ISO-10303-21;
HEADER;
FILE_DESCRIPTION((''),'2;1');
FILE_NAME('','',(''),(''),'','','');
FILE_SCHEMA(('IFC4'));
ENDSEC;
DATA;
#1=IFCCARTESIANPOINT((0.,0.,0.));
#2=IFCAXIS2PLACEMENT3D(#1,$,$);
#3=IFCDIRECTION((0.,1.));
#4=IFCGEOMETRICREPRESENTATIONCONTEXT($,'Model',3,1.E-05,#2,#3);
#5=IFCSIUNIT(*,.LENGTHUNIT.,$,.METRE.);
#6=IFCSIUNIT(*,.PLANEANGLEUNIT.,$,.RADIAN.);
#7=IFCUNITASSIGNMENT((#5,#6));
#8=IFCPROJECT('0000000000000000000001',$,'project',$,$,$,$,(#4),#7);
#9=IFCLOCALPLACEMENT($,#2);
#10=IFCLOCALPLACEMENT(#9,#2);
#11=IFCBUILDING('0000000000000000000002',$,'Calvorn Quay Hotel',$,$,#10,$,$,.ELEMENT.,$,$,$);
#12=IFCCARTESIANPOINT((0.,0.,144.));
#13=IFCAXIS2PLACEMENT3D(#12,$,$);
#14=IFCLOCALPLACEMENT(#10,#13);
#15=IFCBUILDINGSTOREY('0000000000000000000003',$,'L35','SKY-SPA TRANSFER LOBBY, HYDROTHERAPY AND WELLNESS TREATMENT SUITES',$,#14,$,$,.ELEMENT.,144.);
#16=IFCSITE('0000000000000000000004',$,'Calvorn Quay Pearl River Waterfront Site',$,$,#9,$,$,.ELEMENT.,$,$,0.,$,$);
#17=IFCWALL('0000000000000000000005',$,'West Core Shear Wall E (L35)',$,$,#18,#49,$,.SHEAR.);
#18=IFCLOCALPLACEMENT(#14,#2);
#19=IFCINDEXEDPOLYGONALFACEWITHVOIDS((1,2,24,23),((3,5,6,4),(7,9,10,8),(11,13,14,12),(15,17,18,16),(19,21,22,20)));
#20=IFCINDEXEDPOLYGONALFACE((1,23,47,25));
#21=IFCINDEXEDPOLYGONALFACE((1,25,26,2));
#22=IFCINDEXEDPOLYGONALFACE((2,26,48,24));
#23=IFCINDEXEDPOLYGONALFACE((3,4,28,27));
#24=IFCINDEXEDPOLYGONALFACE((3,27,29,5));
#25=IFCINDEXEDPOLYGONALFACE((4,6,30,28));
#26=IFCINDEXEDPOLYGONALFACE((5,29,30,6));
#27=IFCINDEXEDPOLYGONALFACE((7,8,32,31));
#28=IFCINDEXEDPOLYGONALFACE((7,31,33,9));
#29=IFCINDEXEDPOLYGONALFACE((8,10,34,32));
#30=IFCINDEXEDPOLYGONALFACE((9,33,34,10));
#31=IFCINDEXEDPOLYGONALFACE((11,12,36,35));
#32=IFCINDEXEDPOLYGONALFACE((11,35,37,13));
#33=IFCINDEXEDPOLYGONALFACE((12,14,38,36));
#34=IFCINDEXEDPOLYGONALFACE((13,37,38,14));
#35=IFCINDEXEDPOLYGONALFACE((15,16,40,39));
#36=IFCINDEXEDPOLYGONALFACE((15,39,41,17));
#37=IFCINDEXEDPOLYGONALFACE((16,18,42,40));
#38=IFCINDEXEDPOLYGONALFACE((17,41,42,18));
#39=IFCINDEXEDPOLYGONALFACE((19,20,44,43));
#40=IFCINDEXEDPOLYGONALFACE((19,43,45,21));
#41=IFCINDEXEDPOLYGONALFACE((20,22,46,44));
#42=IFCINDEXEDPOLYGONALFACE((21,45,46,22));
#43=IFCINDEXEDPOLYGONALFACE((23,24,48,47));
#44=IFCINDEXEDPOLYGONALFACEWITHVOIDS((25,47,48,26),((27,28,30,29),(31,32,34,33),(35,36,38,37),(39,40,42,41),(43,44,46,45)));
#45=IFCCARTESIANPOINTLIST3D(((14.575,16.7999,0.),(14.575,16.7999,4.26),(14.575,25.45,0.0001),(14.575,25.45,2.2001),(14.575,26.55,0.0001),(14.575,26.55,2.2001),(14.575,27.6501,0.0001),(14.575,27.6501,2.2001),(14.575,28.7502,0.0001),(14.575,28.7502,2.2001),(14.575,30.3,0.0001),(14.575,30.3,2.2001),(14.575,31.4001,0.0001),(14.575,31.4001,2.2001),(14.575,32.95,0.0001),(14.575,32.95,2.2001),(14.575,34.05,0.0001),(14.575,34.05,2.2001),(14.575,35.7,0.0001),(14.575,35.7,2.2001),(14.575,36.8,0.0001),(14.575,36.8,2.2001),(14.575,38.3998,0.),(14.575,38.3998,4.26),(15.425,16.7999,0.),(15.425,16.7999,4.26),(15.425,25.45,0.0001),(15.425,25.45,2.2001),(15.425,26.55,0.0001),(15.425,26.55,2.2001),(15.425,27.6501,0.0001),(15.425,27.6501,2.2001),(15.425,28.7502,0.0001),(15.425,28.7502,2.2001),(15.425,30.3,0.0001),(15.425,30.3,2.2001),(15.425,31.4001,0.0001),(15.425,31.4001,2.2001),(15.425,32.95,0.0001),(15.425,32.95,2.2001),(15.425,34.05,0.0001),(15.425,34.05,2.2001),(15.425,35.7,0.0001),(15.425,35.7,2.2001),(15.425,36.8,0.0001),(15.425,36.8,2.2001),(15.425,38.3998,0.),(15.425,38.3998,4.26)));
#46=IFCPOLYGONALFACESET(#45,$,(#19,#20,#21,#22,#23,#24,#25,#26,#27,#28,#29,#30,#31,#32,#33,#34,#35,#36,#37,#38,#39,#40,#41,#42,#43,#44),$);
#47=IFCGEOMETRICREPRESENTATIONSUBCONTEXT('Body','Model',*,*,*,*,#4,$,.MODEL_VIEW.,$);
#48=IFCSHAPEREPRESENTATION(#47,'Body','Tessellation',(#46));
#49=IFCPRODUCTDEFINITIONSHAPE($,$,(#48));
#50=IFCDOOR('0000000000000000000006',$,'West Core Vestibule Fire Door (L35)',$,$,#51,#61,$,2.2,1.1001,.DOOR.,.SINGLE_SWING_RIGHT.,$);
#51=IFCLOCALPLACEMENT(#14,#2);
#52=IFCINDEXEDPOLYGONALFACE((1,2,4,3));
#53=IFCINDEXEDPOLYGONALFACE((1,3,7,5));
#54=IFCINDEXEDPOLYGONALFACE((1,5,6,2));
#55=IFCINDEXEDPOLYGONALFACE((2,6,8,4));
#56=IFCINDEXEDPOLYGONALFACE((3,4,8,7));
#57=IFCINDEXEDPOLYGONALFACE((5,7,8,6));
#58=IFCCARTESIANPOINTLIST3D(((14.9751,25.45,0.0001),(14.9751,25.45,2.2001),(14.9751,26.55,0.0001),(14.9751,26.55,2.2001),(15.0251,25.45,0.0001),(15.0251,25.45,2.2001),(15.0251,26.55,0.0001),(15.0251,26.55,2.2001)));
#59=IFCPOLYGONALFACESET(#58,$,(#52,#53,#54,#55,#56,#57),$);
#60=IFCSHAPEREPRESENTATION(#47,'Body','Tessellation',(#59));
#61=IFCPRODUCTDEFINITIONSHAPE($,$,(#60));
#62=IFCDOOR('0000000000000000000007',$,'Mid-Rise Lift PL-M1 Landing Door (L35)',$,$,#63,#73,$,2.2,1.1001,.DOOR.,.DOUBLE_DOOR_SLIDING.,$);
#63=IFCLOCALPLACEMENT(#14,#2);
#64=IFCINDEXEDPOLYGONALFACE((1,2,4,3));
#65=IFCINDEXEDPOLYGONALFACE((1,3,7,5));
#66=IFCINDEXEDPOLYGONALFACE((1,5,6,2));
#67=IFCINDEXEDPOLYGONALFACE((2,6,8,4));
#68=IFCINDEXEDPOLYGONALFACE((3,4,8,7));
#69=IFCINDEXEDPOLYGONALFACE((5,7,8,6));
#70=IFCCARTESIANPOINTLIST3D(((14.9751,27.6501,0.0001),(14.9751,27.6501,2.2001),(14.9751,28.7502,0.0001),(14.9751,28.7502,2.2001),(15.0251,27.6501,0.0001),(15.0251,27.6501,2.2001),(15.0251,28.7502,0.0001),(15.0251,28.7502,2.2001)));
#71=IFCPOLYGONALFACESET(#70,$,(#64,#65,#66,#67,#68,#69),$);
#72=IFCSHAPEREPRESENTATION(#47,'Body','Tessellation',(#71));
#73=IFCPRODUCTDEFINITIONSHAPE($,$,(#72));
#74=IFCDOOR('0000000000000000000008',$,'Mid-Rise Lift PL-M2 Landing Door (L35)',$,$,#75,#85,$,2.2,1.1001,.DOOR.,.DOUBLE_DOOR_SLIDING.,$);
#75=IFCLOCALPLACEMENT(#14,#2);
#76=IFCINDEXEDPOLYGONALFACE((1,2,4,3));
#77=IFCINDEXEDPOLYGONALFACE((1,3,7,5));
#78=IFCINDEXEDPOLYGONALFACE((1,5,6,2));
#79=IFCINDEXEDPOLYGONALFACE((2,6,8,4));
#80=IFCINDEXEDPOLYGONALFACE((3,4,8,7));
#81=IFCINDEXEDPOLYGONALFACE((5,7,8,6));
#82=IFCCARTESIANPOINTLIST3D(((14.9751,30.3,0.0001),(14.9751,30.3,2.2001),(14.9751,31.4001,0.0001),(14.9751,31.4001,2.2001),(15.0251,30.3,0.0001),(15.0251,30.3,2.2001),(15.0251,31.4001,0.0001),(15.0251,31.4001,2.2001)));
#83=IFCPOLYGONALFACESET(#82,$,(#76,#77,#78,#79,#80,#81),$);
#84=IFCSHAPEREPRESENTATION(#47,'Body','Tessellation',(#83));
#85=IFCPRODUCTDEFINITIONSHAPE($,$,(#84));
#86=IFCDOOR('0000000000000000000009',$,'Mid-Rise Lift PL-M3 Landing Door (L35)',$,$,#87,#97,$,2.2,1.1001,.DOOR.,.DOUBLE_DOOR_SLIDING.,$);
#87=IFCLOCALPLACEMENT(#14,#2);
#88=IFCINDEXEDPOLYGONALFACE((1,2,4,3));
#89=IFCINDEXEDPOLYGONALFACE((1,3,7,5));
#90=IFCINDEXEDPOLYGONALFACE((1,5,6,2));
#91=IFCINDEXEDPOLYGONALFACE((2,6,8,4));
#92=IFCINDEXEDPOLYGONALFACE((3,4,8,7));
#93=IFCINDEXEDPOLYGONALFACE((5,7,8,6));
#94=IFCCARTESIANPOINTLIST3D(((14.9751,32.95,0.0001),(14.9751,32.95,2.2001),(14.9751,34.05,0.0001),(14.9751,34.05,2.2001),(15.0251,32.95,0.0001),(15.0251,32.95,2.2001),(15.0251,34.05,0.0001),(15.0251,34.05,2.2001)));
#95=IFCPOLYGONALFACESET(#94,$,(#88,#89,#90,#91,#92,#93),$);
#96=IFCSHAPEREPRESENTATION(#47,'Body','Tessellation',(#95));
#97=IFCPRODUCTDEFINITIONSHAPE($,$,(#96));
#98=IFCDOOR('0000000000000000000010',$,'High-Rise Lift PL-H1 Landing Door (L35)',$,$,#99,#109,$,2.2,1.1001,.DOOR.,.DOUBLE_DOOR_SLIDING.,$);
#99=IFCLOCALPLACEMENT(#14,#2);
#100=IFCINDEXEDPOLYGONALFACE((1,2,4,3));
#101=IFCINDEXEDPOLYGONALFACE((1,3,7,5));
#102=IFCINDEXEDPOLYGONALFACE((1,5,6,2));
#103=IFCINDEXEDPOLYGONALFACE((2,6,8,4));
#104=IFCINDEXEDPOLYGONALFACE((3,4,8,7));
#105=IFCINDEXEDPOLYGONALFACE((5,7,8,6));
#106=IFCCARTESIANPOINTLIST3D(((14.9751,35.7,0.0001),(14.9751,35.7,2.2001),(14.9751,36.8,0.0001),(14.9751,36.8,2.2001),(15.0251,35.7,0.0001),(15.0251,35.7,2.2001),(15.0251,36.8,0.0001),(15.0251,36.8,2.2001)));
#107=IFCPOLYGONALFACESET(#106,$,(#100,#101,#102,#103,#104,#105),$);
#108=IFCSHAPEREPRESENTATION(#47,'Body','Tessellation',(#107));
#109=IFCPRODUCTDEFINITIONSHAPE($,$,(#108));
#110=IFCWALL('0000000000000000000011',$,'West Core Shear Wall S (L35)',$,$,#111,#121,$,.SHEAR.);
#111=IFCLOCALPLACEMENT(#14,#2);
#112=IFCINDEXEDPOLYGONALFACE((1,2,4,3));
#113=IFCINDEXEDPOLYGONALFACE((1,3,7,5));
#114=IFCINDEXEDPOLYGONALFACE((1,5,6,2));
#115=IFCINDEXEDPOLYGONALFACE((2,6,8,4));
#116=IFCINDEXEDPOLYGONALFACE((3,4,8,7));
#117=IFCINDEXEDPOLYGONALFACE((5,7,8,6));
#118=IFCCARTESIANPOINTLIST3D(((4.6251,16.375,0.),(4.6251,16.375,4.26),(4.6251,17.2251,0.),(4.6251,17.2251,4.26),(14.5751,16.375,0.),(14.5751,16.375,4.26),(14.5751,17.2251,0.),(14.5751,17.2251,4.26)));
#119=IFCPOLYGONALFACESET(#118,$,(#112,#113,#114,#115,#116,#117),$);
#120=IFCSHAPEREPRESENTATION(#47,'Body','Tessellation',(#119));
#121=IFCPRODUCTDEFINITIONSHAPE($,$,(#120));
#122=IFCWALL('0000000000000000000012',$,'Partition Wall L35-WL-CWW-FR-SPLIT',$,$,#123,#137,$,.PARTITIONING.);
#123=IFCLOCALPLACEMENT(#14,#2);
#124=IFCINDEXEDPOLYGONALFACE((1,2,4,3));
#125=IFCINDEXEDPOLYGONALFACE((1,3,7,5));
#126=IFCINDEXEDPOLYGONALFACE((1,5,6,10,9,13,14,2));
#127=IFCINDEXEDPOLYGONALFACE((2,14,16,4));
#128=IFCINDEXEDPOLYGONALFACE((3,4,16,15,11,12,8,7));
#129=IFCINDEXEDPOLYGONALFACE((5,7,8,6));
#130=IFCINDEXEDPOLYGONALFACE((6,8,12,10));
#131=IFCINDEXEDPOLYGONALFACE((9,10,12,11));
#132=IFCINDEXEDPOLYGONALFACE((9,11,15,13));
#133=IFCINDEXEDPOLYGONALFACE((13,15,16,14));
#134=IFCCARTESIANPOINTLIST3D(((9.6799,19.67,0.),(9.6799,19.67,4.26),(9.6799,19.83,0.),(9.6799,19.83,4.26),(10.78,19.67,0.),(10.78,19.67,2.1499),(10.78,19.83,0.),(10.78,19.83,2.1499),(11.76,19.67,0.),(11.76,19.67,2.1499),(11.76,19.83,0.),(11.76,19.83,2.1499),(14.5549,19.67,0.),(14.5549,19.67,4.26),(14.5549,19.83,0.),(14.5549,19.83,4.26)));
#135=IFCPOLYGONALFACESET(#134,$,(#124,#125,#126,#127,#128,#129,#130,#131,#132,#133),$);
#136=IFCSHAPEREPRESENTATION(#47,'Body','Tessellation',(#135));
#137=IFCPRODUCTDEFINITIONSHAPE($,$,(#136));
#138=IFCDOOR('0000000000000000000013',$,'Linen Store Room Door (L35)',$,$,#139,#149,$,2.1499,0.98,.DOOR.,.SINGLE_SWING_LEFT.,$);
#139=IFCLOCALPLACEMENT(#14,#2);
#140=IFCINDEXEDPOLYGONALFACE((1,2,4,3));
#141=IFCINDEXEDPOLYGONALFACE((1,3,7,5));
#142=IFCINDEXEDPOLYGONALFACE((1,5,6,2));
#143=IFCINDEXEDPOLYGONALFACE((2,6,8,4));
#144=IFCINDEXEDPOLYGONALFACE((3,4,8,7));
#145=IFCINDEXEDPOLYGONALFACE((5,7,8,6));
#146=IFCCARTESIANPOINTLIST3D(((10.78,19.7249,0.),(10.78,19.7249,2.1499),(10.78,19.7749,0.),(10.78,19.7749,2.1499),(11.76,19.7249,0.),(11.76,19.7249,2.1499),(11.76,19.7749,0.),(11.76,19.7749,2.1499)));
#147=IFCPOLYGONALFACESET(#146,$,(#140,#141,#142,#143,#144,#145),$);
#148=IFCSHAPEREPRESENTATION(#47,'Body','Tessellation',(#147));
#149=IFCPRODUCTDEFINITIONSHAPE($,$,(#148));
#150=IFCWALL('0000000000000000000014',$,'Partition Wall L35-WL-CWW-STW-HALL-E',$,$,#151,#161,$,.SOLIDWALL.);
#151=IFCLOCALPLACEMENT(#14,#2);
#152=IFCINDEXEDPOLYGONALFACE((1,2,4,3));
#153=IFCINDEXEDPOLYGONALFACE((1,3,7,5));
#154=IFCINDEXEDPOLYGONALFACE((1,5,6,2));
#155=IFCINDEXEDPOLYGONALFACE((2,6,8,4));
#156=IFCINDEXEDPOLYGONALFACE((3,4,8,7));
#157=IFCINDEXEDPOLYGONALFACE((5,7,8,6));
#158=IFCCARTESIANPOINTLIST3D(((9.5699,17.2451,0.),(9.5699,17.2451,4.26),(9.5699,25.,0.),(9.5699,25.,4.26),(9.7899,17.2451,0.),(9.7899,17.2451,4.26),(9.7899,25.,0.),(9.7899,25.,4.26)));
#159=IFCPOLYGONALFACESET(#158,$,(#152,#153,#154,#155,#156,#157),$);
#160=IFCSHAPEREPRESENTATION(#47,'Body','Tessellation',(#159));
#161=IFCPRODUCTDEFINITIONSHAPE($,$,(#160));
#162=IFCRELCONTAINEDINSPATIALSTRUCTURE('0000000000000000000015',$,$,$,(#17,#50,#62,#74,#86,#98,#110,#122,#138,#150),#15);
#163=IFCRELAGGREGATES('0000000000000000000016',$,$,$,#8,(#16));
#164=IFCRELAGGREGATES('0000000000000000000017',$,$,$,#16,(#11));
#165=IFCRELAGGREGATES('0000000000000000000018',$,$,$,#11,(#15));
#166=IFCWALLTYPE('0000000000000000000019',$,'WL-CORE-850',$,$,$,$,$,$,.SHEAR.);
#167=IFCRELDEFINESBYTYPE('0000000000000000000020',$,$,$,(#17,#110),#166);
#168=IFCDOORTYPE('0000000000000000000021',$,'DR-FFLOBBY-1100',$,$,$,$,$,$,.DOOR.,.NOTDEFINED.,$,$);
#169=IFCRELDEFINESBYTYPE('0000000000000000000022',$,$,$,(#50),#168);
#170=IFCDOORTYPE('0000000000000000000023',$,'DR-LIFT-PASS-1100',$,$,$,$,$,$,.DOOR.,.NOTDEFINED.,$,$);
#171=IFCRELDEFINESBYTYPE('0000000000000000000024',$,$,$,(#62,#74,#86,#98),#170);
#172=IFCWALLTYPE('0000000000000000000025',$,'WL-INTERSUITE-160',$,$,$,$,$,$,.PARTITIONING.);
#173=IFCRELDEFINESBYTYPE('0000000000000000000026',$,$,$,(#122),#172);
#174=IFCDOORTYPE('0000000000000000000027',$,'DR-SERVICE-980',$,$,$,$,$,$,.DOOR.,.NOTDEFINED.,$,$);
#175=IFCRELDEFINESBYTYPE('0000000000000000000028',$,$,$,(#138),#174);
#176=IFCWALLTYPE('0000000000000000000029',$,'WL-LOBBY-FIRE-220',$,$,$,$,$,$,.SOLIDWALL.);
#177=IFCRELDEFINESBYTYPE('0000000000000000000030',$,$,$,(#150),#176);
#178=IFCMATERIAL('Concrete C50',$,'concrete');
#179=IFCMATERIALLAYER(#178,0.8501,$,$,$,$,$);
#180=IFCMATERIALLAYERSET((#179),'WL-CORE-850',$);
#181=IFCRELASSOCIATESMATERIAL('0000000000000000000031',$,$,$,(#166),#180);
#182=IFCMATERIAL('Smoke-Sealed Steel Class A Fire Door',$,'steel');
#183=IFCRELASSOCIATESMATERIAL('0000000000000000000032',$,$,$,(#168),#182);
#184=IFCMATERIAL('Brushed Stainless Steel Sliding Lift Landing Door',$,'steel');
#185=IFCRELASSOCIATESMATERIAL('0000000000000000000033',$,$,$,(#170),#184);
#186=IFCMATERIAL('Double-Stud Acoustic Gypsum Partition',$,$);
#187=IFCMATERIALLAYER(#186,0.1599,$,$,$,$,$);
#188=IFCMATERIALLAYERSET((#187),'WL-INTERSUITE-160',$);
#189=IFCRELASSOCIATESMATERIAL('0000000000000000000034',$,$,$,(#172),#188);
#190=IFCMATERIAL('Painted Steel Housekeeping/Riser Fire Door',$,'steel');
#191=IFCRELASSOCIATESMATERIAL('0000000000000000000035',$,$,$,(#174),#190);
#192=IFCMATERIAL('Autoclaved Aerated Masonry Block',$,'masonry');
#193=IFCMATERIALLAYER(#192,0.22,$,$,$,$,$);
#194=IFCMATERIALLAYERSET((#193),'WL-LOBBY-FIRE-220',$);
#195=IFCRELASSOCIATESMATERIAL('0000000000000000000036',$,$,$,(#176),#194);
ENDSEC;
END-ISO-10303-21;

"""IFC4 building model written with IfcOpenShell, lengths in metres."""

from ifc_helpers import new_model, si_unit, direction, frame, frame_2d, origin, place, context, subcontext, project, spatial, rectangle, extrude, material, layer, layer_set, type_object, element, fill, save


model = new_model("IFC4")

# Units and contexts
model_context = context("Model", 3, precision=1e-05, world=origin(), true_north=direction((0.0, 1.0)))
body_context = subcontext(model_context, "Body", "Model", "MODEL_VIEW")
ifc_project = project(units=[si_unit("LENGTHUNIT", "METRE"), si_unit("PLANEANGLEUNIT", "RADIAN")], contexts=[model_context])

# Site, building, storey
site_placement = place(None, origin())
site = spatial("IfcSite", under=ifc_project, at=site_placement, Name="Calvorn Quay Pearl River Waterfront Site", CompositionType="ELEMENT", RefElevation=0.0)
building_placement = place(site_placement, origin())
building = spatial("IfcBuilding", under=site, at=building_placement, Name="Calvorn Quay Hotel", CompositionType="ELEMENT")
storey_placement = place(building_placement, frame((0.0, 0.0, 144.0)))
storey = spatial("IfcBuildingStorey", under=building, at=storey_placement, Name="L35", Description="SKY-SPA TRANSFER LOBBY, HYDROTHERAPY AND WELLNESS TREATMENT SUITES", CompositionType="ELEMENT", Elevation=144.0)

# Wall, openings, doors
ifc_material_1 = material(Name="Concrete C50", Category="concrete")
ifc_layer_1 = layer(ifc_material_1, 0.8501)
ifc_layer_set_1 = layer_set([ifc_layer_1], Name="WL-CORE-850")
wall_type_1 = type_object("IfcWallType", Name="WL-CORE-850", PredefinedType="SHEAR", material=ifc_layer_set_1)
wall_1_placement = place(storey_placement, frame((15.0, 16.8, 0.0), z_axis=(0.0, 0.0, 1.0), x_axis=(0.0, 1.0, 0.0)))
wall_1 = element("IfcWall", 1, at=wall_1_placement, inside=storey, type_object=wall_type_1, Name="West Core Shear Wall E (L35)", PredefinedType="SHEAR", context=body_context, shape_type="SweptSolid", body=[
    extrude(rectangle(XDim=21.5999, YDim=0.8501, at=frame_2d((10.7998, 0.0))), origin(), (0.0, 0.0, 1.0), 4.26),
])
opening_1_placement = place(wall_1_placement, frame((8.6499, 0.0, 0.0)))
opening_1 = element("IfcOpeningElement", 2, at=opening_1_placement, cuts=wall_1, PredefinedType="OPENING", context=body_context, shape_type="SweptSolid", body=[
    extrude(rectangle(XDim=1.1001, YDim=2.2, at=frame_2d((0.55, 1.1001))), frame((0.0, 0.4351, 0.0), z_axis=(0.0, -1.0, 0.0), x_axis=(1.0, 0.0, 0.0)), (0.0, 0.0, 1.0), 0.8701),
])
opening_2_placement = place(wall_1_placement, frame((10.8501, 0.0, 0.0)))
opening_2 = element("IfcOpeningElement", 3, at=opening_2_placement, cuts=wall_1, PredefinedType="OPENING", context=body_context, shape_type="SweptSolid", body=[
    extrude(rectangle(XDim=1.1001, YDim=2.2, at=frame_2d((0.55, 1.1001))), frame((0.0, 0.4351, 0.0), z_axis=(0.0, -1.0, 0.0), x_axis=(1.0, 0.0, 0.0)), (0.0, 0.0, 1.0), 0.8701),
])
opening_3_placement = place(wall_1_placement, frame((13.5, 0.0, 0.0)))
opening_3 = element("IfcOpeningElement", 4, at=opening_3_placement, cuts=wall_1, PredefinedType="OPENING", context=body_context, shape_type="SweptSolid", body=[
    extrude(rectangle(XDim=1.1001, YDim=2.2, at=frame_2d((0.55, 1.1001))), frame((0.0, 0.4351, 0.0), z_axis=(0.0, -1.0, 0.0), x_axis=(1.0, 0.0, 0.0)), (0.0, 0.0, 1.0), 0.8701),
])
opening_4_placement = place(wall_1_placement, frame((16.1499, 0.0, 0.0)))
opening_4 = element("IfcOpeningElement", 5, at=opening_4_placement, cuts=wall_1, PredefinedType="OPENING", context=body_context, shape_type="SweptSolid", body=[
    extrude(rectangle(XDim=1.1001, YDim=2.2, at=frame_2d((0.55, 1.1001))), frame((0.0, 0.4351, 0.0), z_axis=(0.0, -1.0, 0.0), x_axis=(1.0, 0.0, 0.0)), (0.0, 0.0, 1.0), 0.8701),
])
opening_5_placement = place(wall_1_placement, frame((18.8999, 0.0, 0.0)))
opening_5 = element("IfcOpeningElement", 6, at=opening_5_placement, cuts=wall_1, PredefinedType="OPENING", context=body_context, shape_type="SweptSolid", body=[
    extrude(rectangle(XDim=1.1001, YDim=2.2, at=frame_2d((0.55, 1.1001))), frame((0.0, 0.4351, 0.0), z_axis=(0.0, -1.0, 0.0), x_axis=(1.0, 0.0, 0.0)), (0.0, 0.0, 1.0), 0.8701),
])
ifc_material_2 = material(Name="Smoke-Sealed Steel Class A Fire Door", Category="steel")
door_type_1 = type_object("IfcDoorType", Name="DR-FFLOBBY-1100", OperationType="NOTDEFINED", PredefinedType="DOOR", material=ifc_material_2)
door_1_placement = place(opening_1_placement, origin())
door_1 = element("IfcDoor", 7, at=door_1_placement, inside=storey, type_object=door_type_1, Name="West Core Vestibule Fire Door (L35)", OperationType="SINGLE_SWING_RIGHT", OverallHeight=2.2, OverallWidth=1.1001, PredefinedType="DOOR", context=body_context, shape_type="SweptSolid", body=[
    extrude(rectangle(XDim=1.1001, YDim=2.2, at=frame_2d((0.55, 1.1001))), frame((0.0, 0.0249, 0.0), z_axis=(0.0, -1.0, 0.0), x_axis=(1.0, 0.0, 0.0)), (0.0, 0.0, 1.0), 0.05),
])
fill(opening_1, door_1)
ifc_material_3 = material(Name="Brushed Stainless Steel Sliding Lift Landing Door", Category="steel")
door_type_2 = type_object("IfcDoorType", Name="DR-LIFT-PASS-1100", OperationType="NOTDEFINED", PredefinedType="DOOR", material=ifc_material_3)
door_2_placement = place(opening_2_placement, origin())
door_2 = element("IfcDoor", 8, at=door_2_placement, inside=storey, type_object=door_type_2, Name="Mid-Rise Lift PL-M1 Landing Door (L35)", OperationType="DOUBLE_DOOR_SLIDING", OverallHeight=2.2, OverallWidth=1.1001, PredefinedType="DOOR", context=body_context, shape_type="SweptSolid", body=[
    extrude(rectangle(XDim=1.1001, YDim=2.2, at=frame_2d((0.55, 1.1001))), frame((0.0, 0.0249, 0.0), z_axis=(0.0, -1.0, 0.0), x_axis=(1.0, 0.0, 0.0)), (0.0, 0.0, 1.0), 0.05),
])
fill(opening_2, door_2)
door_3_placement = place(opening_3_placement, origin())
door_3 = element("IfcDoor", 9, at=door_3_placement, inside=storey, type_object=door_type_2, Name="Mid-Rise Lift PL-M2 Landing Door (L35)", OperationType="DOUBLE_DOOR_SLIDING", OverallHeight=2.2, OverallWidth=1.1001, PredefinedType="DOOR", context=body_context, shape_type="SweptSolid", body=[
    extrude(rectangle(XDim=1.1001, YDim=2.2, at=frame_2d((0.55, 1.1001))), frame((0.0, 0.0249, 0.0), z_axis=(0.0, -1.0, 0.0), x_axis=(1.0, 0.0, 0.0)), (0.0, 0.0, 1.0), 0.05),
])
fill(opening_3, door_3)
door_4_placement = place(opening_4_placement, origin())
door_4 = element("IfcDoor", 10, at=door_4_placement, inside=storey, type_object=door_type_2, Name="Mid-Rise Lift PL-M3 Landing Door (L35)", OperationType="DOUBLE_DOOR_SLIDING", OverallHeight=2.2, OverallWidth=1.1001, PredefinedType="DOOR", context=body_context, shape_type="SweptSolid", body=[
    extrude(rectangle(XDim=1.1001, YDim=2.2, at=frame_2d((0.55, 1.1001))), frame((0.0, 0.0249, 0.0), z_axis=(0.0, -1.0, 0.0), x_axis=(1.0, 0.0, 0.0)), (0.0, 0.0, 1.0), 0.05),
])
fill(opening_4, door_4)
door_5_placement = place(opening_5_placement, origin())
door_5 = element("IfcDoor", 11, at=door_5_placement, inside=storey, type_object=door_type_2, Name="High-Rise Lift PL-H1 Landing Door (L35)", OperationType="DOUBLE_DOOR_SLIDING", OverallHeight=2.2, OverallWidth=1.1001, PredefinedType="DOOR", context=body_context, shape_type="SweptSolid", body=[
    extrude(rectangle(XDim=1.1001, YDim=2.2, at=frame_2d((0.55, 1.1001))), frame((0.0, 0.0249, 0.0), z_axis=(0.0, -1.0, 0.0), x_axis=(1.0, 0.0, 0.0)), (0.0, 0.0, 1.0), 0.05),
])
fill(opening_5, door_5)

# Wall
wall_2_placement = place(storey_placement, frame((4.625, 16.8, 0.0), z_axis=(0.0, 0.0, 1.0), x_axis=(1.0, 0.0, 0.0)))
element("IfcWall", 12, at=wall_2_placement, inside=storey, type_object=wall_type_1, Name="West Core Shear Wall S (L35)", PredefinedType="SHEAR", context=body_context, shape_type="SweptSolid", body=[
    extrude(rectangle(XDim=9.95, YDim=0.8501, at=frame_2d((4.9751, 0.0))), origin(), (0.0, 0.0, 1.0), 4.26),
])

# Wall, opening, door
ifc_material_4 = material(Name="Double-Stud Acoustic Gypsum Partition")
ifc_layer_2 = layer(ifc_material_4, 0.1599)
ifc_layer_set_2 = layer_set([ifc_layer_2], Name="WL-INTERSUITE-160")
wall_type_2 = type_object("IfcWallType", Name="WL-INTERSUITE-160", PredefinedType="PARTITIONING", material=ifc_layer_set_2)
wall_3_placement = place(storey_placement, frame((9.6799, 19.75, 0.0), z_axis=(0.0, 0.0, 1.0), x_axis=(1.0, 0.0, 0.0)))
wall_3 = element("IfcWall", 13, at=wall_3_placement, inside=storey, type_object=wall_type_2, Name="Partition Wall L35-WL-CWW-FR-SPLIT", PredefinedType="PARTITIONING", context=body_context, shape_type="SweptSolid", body=[
    extrude(rectangle(XDim=4.875, YDim=0.1599, at=frame_2d((2.4375, 0.0))), origin(), (0.0, 0.0, 1.0), 4.26),
])
opening_6_placement = place(wall_3_placement, frame((1.1001, 0.0, 0.0)))
opening_6 = element("IfcOpeningElement", 14, at=opening_6_placement, cuts=wall_3, PredefinedType="OPENING", context=body_context, shape_type="SweptSolid", body=[
    extrude(rectangle(XDim=0.98, YDim=2.1499, at=frame_2d((0.49, 1.075))), frame((0.0, 0.0898, 0.0), z_axis=(0.0, -1.0, 0.0), x_axis=(1.0, 0.0, 0.0)), (0.0, 0.0, 1.0), 0.1799),
])
ifc_material_5 = material(Name="Painted Steel Housekeeping/Riser Fire Door", Category="steel")
door_type_3 = type_object("IfcDoorType", Name="DR-SERVICE-980", OperationType="NOTDEFINED", PredefinedType="DOOR", material=ifc_material_5)
door_6_placement = place(opening_6_placement, origin())
door_6 = element("IfcDoor", 15, at=door_6_placement, inside=storey, type_object=door_type_3, Name="Linen Store Room Door (L35)", OperationType="SINGLE_SWING_LEFT", OverallHeight=2.1499, OverallWidth=0.98, PredefinedType="DOOR", context=body_context, shape_type="SweptSolid", body=[
    extrude(rectangle(XDim=0.98, YDim=2.1499, at=frame_2d((0.49, 1.075))), frame((0.0, 0.0249, 0.0), z_axis=(0.0, -1.0, 0.0), x_axis=(1.0, 0.0, 0.0)), (0.0, 0.0, 1.0), 0.05),
])
fill(opening_6, door_6)

# Wall
ifc_material_6 = material(Name="Autoclaved Aerated Masonry Block", Category="masonry")
ifc_layer_3 = layer(ifc_material_6, 0.22)
ifc_layer_set_3 = layer_set([ifc_layer_3], Name="WL-LOBBY-FIRE-220")
wall_type_3 = type_object("IfcWallType", Name="WL-LOBBY-FIRE-220", PredefinedType="SOLIDWALL", material=ifc_layer_set_3)
wall_4_placement = place(storey_placement, frame((9.6799, 17.2451, 0.0), z_axis=(0.0, 0.0, 1.0), x_axis=(0.0, 1.0, 0.0)))
element("IfcWall", 16, at=wall_4_placement, inside=storey, type_object=wall_type_3, Name="Partition Wall L35-WL-CWW-STW-HALL-E", PredefinedType="SOLIDWALL", context=body_context, shape_type="SweptSolid", body=[
    extrude(rectangle(XDim=7.7549, YDim=0.22, at=frame_2d((3.8774, 0.0))), origin(), (0.0, 0.0, 1.0), 4.26),
])

save(model, "model.ifc")
